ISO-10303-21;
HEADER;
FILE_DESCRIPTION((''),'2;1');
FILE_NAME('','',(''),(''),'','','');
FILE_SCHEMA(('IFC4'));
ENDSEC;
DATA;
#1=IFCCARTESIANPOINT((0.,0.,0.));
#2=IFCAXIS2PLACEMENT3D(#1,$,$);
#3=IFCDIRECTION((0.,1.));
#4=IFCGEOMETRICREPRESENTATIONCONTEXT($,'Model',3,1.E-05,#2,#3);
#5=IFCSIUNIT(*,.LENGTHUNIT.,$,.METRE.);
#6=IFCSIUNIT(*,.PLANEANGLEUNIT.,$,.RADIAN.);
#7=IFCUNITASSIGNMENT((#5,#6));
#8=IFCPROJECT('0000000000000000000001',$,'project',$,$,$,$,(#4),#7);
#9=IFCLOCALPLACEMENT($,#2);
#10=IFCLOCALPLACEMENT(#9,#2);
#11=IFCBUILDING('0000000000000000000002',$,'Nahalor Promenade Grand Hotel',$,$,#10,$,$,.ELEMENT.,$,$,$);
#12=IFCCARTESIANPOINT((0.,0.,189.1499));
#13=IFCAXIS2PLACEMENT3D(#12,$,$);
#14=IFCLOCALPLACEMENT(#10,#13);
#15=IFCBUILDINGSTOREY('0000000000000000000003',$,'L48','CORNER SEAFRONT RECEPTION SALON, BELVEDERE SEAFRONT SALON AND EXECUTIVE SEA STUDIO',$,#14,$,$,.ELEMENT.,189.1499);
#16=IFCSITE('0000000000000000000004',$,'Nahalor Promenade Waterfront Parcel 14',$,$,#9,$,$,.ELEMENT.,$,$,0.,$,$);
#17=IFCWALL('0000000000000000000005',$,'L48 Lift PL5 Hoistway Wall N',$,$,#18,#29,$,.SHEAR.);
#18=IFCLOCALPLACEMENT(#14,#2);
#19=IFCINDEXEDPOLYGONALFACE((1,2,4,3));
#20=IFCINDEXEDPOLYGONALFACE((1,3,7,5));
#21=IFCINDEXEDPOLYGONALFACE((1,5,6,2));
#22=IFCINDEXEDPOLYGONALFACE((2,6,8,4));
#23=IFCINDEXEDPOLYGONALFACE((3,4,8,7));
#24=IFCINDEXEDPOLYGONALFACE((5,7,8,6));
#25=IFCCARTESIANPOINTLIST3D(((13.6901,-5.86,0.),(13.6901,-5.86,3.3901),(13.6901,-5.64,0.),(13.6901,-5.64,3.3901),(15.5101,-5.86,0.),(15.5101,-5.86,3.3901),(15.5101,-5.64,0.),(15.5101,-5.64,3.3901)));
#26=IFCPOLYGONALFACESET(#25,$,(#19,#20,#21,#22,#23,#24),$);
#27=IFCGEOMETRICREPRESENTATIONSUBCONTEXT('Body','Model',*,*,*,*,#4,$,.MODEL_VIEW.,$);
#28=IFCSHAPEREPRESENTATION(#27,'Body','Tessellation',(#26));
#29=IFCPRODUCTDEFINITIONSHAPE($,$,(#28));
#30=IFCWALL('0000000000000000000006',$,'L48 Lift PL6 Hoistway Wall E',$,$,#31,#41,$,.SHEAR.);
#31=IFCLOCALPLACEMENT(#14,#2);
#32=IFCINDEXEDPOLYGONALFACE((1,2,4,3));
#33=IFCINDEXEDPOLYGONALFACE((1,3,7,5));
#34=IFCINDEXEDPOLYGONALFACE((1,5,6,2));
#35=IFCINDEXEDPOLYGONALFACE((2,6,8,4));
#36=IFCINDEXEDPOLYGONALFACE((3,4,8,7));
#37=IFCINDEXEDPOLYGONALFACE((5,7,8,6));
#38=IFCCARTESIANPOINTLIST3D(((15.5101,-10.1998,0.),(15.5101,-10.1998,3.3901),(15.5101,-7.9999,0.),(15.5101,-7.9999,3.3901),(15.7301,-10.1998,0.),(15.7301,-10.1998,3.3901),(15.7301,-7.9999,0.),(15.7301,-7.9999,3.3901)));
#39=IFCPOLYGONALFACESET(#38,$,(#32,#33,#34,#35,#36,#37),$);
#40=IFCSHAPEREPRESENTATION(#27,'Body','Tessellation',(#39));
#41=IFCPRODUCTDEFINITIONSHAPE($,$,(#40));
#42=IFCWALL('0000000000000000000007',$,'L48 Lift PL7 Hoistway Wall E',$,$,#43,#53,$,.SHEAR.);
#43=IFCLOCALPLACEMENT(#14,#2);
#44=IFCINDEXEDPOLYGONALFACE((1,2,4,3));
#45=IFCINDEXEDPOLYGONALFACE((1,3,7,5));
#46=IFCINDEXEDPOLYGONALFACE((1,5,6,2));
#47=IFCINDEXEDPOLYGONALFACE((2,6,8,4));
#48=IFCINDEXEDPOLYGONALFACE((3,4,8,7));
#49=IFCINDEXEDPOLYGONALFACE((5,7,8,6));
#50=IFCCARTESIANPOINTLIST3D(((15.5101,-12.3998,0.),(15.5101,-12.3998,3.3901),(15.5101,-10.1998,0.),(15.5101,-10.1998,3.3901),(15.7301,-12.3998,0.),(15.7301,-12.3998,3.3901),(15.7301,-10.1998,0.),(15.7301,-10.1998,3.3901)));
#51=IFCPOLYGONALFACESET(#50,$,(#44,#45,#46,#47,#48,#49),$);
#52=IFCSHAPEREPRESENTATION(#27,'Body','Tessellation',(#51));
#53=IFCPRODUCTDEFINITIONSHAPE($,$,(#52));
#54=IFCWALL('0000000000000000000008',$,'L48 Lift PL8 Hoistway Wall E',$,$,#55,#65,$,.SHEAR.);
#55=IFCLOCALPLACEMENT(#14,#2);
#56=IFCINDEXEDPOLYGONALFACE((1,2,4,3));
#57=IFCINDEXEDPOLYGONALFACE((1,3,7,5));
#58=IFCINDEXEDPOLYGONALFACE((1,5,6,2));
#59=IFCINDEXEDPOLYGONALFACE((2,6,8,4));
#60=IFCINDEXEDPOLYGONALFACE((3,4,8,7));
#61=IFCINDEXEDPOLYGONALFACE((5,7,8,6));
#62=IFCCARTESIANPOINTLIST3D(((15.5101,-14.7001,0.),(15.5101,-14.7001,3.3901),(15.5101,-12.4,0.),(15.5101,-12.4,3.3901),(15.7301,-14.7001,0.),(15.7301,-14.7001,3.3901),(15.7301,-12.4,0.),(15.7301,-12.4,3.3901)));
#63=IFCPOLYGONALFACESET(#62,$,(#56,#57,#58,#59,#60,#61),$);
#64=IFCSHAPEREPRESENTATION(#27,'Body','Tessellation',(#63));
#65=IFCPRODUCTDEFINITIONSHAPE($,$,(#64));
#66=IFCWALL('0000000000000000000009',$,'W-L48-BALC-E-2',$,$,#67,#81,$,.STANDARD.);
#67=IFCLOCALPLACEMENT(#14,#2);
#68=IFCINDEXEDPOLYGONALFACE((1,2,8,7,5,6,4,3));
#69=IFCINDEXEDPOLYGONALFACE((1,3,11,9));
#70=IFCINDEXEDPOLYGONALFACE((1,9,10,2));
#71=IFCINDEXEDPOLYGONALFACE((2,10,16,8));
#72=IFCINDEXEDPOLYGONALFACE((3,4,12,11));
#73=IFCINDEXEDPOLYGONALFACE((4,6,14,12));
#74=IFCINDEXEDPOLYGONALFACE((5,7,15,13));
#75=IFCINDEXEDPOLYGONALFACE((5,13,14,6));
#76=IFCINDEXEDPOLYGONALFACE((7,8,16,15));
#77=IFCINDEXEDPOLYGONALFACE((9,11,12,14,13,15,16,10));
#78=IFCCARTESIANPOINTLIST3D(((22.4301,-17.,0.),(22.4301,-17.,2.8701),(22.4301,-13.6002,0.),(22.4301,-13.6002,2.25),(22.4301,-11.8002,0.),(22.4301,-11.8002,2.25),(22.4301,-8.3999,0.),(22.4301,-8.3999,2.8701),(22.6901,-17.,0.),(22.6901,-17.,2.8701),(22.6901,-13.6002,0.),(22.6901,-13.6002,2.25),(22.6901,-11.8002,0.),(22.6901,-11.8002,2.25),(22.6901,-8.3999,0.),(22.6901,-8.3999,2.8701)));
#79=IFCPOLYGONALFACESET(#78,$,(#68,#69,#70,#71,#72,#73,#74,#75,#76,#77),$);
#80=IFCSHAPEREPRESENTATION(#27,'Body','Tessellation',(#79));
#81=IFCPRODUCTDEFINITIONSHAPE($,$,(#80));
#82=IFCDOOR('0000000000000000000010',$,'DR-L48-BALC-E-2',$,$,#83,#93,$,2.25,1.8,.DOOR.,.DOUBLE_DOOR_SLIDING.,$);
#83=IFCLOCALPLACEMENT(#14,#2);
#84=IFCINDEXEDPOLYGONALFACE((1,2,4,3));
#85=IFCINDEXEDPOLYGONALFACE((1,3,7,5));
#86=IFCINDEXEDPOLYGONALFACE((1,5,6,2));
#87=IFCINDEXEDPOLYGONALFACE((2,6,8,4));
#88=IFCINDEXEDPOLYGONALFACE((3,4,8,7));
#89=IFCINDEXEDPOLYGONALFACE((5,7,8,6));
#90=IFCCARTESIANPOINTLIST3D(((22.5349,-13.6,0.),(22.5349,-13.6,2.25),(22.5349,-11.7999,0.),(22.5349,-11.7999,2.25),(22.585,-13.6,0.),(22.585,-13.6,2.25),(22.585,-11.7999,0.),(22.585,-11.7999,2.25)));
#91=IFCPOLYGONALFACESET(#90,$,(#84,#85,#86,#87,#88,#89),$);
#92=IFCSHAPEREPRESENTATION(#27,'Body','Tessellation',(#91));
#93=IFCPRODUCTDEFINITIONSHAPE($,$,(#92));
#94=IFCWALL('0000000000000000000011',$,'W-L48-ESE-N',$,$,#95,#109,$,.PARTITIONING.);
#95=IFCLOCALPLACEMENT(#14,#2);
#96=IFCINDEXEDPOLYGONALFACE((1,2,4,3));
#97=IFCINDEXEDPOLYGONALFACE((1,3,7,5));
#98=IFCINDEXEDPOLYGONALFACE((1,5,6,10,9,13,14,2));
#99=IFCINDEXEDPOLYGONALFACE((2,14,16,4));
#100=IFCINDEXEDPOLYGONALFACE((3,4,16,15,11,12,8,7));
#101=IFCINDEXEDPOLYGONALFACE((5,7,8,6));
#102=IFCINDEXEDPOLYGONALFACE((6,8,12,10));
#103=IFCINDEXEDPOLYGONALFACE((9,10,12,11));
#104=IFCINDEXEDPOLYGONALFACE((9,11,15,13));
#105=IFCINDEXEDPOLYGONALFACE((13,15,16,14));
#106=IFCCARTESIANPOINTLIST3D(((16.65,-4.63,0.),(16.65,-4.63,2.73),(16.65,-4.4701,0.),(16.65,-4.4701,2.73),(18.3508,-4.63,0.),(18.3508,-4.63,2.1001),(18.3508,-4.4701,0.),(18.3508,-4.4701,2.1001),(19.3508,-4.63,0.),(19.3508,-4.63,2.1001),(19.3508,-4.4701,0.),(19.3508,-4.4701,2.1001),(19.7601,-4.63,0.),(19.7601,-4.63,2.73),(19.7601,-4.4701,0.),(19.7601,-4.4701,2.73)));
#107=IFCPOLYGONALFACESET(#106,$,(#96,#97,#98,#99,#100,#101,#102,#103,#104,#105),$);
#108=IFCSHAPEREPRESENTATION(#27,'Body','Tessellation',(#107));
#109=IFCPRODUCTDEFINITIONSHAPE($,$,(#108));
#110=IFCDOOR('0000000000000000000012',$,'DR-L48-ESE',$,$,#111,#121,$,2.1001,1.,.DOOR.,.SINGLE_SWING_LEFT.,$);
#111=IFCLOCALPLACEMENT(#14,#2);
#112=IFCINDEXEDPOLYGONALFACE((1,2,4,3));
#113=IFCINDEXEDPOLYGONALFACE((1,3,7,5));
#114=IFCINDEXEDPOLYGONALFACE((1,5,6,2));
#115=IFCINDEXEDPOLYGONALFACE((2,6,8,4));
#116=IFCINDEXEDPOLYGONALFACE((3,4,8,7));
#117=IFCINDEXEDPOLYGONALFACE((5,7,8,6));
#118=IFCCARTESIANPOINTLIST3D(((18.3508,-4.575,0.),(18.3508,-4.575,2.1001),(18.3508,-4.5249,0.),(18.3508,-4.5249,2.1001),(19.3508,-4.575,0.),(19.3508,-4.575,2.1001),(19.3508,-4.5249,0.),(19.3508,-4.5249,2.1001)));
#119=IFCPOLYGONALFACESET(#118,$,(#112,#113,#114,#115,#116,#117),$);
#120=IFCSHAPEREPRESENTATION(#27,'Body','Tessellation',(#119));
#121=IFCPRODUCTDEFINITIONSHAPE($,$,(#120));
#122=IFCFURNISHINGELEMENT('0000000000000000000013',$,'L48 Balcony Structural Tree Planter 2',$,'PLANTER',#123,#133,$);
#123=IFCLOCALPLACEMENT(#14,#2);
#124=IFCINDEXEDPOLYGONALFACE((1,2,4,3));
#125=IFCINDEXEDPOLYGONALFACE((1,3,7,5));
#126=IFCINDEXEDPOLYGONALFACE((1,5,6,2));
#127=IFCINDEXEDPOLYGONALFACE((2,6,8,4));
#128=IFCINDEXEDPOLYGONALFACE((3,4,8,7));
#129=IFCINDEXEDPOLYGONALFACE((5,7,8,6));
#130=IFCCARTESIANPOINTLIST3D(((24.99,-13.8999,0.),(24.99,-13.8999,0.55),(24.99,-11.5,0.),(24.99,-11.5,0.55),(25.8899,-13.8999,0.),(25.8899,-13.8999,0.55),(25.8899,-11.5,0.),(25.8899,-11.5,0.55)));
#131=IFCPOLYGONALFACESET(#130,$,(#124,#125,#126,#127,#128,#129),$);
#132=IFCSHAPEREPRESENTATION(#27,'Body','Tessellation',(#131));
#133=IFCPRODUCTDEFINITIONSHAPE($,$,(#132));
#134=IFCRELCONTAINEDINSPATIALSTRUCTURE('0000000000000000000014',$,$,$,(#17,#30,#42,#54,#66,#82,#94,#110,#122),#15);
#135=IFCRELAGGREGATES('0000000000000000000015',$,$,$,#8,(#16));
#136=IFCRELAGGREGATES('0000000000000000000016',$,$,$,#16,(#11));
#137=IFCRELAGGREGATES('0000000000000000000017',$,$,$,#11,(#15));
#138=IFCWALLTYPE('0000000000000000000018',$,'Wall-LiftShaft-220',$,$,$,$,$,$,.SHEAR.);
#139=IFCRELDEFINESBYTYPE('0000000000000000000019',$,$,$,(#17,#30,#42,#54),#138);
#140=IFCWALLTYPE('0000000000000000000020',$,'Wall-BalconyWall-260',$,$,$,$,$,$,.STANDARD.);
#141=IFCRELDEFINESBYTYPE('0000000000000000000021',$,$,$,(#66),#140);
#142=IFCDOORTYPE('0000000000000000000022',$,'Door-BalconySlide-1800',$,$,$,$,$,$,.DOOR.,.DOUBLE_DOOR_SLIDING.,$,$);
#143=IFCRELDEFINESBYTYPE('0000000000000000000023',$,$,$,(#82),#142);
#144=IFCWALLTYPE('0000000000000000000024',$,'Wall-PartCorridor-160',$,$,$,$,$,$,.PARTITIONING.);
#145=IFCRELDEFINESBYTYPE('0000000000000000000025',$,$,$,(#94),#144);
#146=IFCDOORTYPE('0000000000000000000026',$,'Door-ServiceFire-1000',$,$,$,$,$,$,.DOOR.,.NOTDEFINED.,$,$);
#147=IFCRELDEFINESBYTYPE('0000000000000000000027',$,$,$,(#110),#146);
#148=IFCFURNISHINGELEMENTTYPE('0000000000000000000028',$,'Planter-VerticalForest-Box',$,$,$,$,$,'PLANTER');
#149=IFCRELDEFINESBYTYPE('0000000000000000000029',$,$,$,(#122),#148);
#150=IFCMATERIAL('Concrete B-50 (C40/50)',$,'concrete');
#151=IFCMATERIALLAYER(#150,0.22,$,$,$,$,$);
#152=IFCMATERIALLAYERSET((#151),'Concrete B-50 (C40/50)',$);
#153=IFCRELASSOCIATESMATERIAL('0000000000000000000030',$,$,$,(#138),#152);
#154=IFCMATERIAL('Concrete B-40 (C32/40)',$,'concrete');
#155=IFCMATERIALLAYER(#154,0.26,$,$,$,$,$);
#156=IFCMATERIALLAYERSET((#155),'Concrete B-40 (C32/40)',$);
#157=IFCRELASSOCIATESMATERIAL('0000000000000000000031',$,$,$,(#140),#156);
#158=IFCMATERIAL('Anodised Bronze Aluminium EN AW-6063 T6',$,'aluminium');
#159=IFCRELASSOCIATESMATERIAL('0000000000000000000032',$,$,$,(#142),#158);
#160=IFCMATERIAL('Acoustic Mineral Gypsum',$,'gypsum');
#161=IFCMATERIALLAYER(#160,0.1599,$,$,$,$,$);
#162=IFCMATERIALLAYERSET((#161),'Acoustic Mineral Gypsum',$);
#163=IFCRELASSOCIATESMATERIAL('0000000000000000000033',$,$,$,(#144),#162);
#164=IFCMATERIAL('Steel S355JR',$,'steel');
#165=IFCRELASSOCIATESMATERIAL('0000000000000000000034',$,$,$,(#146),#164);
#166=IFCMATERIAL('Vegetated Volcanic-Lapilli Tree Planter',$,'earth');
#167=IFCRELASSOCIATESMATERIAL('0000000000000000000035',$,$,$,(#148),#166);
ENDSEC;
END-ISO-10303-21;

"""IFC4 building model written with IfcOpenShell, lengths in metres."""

from ifc_helpers import new_model, si_unit, direction, frame, frame_2d, origin, origin_2d, place, context, subcontext, project, spatial, rectangle, extrude, source, transform, mapped, material, layer, layer_set, type_object, element, fill, save


model = new_model("IFC4")

# Units and contexts
model_context = context("Model", 3, precision=1e-05, world=origin(), true_north=direction((0.0, 1.0)))
body_context = subcontext(model_context, "Body", "Model", "MODEL_VIEW")
ifc_project = project(units=[si_unit("LENGTHUNIT", "METRE"), si_unit("PLANEANGLEUNIT", "RADIAN")], contexts=[model_context])

# Site, building, storey
site_placement = place(None, origin())
site = spatial("IfcSite", under=ifc_project, at=site_placement, Name="Nahalor Promenade Waterfront Parcel 14", CompositionType="ELEMENT", RefElevation=0.0)
building_placement = place(site_placement, origin())
building = spatial("IfcBuilding", under=site, at=building_placement, Name="Nahalor Promenade Grand Hotel", CompositionType="ELEMENT")
storey_placement = place(building_placement, frame((0.0, 0.0, 189.1499)))
storey = spatial("IfcBuildingStorey", under=building, at=storey_placement, Name="L48", Description="CORNER SEAFRONT RECEPTION SALON, BELVEDERE SEAFRONT SALON AND EXECUTIVE SEA STUDIO", CompositionType="ELEMENT", Elevation=189.1499)

# Shared definitions
ifc_material_1 = material(Name="Steel S355JR", Category="steel")

# Shared definitions
ifc_material_2 = material(Name="Anodised Bronze Aluminium EN AW-6063 T6", Category="aluminium")

# Walls
ifc_material_3 = material(Name="Concrete B-50 (C40/50)", Category="concrete")
ifc_layer_1 = layer(ifc_material_3, 0.22)
ifc_layer_set_1 = layer_set([ifc_layer_1], Name="Concrete B-50 (C40/50)")
wall_type_1 = type_object("IfcWallType", Name="Wall-LiftShaft-220", PredefinedType="SHEAR", material=ifc_layer_set_1)
shared_shape_1 = source(origin(), body_context, "Body", "SweptSolid", [
    extrude(rectangle(XDim=1.8201, YDim=0.22, at=frame_2d((0.9102, 0.0))), origin(), (0.0, 0.0, 1.0), 3.3901),
])
wall_1_placement = place(storey_placement, frame((13.6899, -5.75, 0.0), z_axis=(0.0, 0.0, 1.0), x_axis=(1.0, 0.0, 0.0)))
element("IfcWall", 1, at=wall_1_placement, inside=storey, type_object=wall_type_1, Name="L48 Lift PL5 Hoistway Wall N", PredefinedType="SHEAR", context=body_context, shape_type="MappedRepresentation", body=[
    mapped(shared_shape_1, transform((0.0, 0.0, 0.0), scale=1.0)),
])
shared_shape_2 = source(origin(), body_context, "Body", "SweptSolid", [
    extrude(rectangle(XDim=2.2, YDim=0.22, at=frame_2d((1.1001, 0.0))), origin(), (0.0, 0.0, 1.0), 3.3901),
])
for number, where, z_axis, x_axis, name in (
    (2, (15.6201, -10.2, 0.0), (0.0, 0.0, 1.0), (0.0, 1.0, 0.0), "L48 Lift PL6 Hoistway Wall E"),
    (3, (15.6201, -12.3999, 0.0), (0.0, 0.0, 1.0), (0.0, 1.0, 0.0), "L48 Lift PL7 Hoistway Wall E"),
):
    element("IfcWall", number, at=place(storey_placement, frame(where, z_axis=z_axis, x_axis=x_axis)), inside=storey, type_object=wall_type_1, Name=name, PredefinedType="SHEAR", context=body_context, shape_type="MappedRepresentation", body=[
        mapped(shared_shape_2, transform((0.0, 0.0, 0.0), scale=1.0)),
    ])
shared_shape_3 = source(origin(), body_context, "Body", "SweptSolid", [
    extrude(rectangle(XDim=2.3, YDim=0.22, at=frame_2d((1.1499, 0.0))), origin(), (0.0, 0.0, 1.0), 3.3901),
])
wall_2_placement = place(storey_placement, frame((15.6201, -14.7, 0.0), z_axis=(0.0, 0.0, 1.0), x_axis=(0.0, 1.0, 0.0)))
element("IfcWall", 4, at=wall_2_placement, inside=storey, type_object=wall_type_1, Name="L48 Lift PL8 Hoistway Wall E", PredefinedType="SHEAR", context=body_context, shape_type="MappedRepresentation", body=[
    mapped(shared_shape_3, transform((0.0, 0.0, 0.0), scale=1.0)),
])

# Walls, openings, doors
ifc_material_4 = material(Name="Concrete B-40 (C32/40)", Category="concrete")
ifc_layer_2 = layer(ifc_material_4, 0.26)
ifc_layer_set_2 = layer_set([ifc_layer_2], Name="Concrete B-40 (C32/40)")
wall_type_2 = type_object("IfcWallType", Name="Wall-BalconyWall-260", PredefinedType="STANDARD", material=ifc_layer_set_2)
shared_shape_4 = source(origin(), body_context, "Body", "SweptSolid", [
    extrude(rectangle(XDim=8.6001, YDim=0.26, at=frame_2d((4.3, 0.0))), origin(), (0.0, 0.0, 1.0), 2.8701),
])
wall_3_placement = place(storey_placement, frame((22.5601, -17.0, 0.0), z_axis=(0.0, 0.0, 1.0), x_axis=(0.0, 1.0, 0.0)))
wall_3 = element("IfcWall", 5, at=wall_3_placement, inside=storey, type_object=wall_type_2, Name="W-L48-BALC-E-2", PredefinedType="STANDARD", context=body_context, shape_type="MappedRepresentation", body=[
    mapped(shared_shape_4, transform((0.0, 0.0, 0.0), scale=1.0)),
])
opening_1_placement = place(wall_3_placement, frame((3.3999, 0.0, 0.0)))
opening_1 = element("IfcOpeningElement", 6, at=opening_1_placement, cuts=wall_3, PredefinedType="OPENING", context=body_context, shape_type="SweptSolid", body=[
    extrude(rectangle(XDim=1.8, YDim=2.25, at=frame_2d((0.8999, 1.125))), frame((0.0, 0.1399, 0.0), z_axis=(0.0, -1.0, 0.0), x_axis=(1.0, 0.0, 0.0)), (0.0, 0.0, 1.0), 0.28),
])
door_type_1 = type_object("IfcDoorType", Name="Door-BalconySlide-1800", OperationType="DOUBLE_DOOR_SLIDING", PredefinedType="DOOR", material=ifc_material_2)
shared_shape_5 = source(origin(), body_context, "Body", "SweptSolid", [
    extrude(rectangle(XDim=1.8, YDim=2.25, at=frame_2d((0.8999, 1.125))), frame((0.0, 0.0249, 0.0), z_axis=(0.0, -1.0, 0.0), x_axis=(1.0, 0.0, 0.0)), (0.0, 0.0, 1.0), 0.05),
])
door_1_placement = place(opening_1_placement, frame((1.8, 0.0, 0.0), z_axis=(0.0, 0.0, 1.0), x_axis=(-1.0, 0.0, 0.0)))
door_1 = element("IfcDoor", 7, at=door_1_placement, inside=storey, type_object=door_type_1, Name="DR-L48-BALC-E-2", OperationType="DOUBLE_DOOR_SLIDING", OverallHeight=2.25, OverallWidth=1.8, PredefinedType="DOOR", context=body_context, shape_type="MappedRepresentation", body=[
    mapped(shared_shape_5, transform((0.0, 0.0, 0.0), scale=1.0)),
])
fill(opening_1, door_1)
ifc_material_5 = material(Name="Acoustic Mineral Gypsum", Category="gypsum")
ifc_layer_3 = layer(ifc_material_5, 0.1599)
ifc_layer_set_3 = layer_set([ifc_layer_3], Name="Acoustic Mineral Gypsum")
wall_type_3 = type_object("IfcWallType", Name="Wall-PartCorridor-160", PredefinedType="PARTITIONING", material=ifc_layer_set_3)
shared_shape_6 = source(origin(), body_context, "Body", "SweptSolid", [
    extrude(rectangle(XDim=3.1101, YDim=0.1599, at=frame_2d((1.5552, 0.0))), origin(), (0.0, 0.0, 1.0), 2.73),
])
wall_4_placement = place(storey_placement, frame((16.6499, -4.55, 0.0), z_axis=(0.0, 0.0, 1.0), x_axis=(1.0, 0.0, 0.0)))
wall_4 = element("IfcWall", 8, at=wall_4_placement, inside=storey, type_object=wall_type_3, Name="W-L48-ESE-N", PredefinedType="PARTITIONING", context=body_context, shape_type="MappedRepresentation", body=[
    mapped(shared_shape_6, transform((0.0, 0.0, 0.0), scale=1.0)),
])
opening_2_placement = place(wall_4_placement, frame((1.7009, 0.0, 0.0)))
opening_2 = element("IfcOpeningElement", 9, at=opening_2_placement, cuts=wall_4, PredefinedType="OPENING", context=body_context, shape_type="SweptSolid", body=[
    extrude(rectangle(XDim=1.0, YDim=2.1001, at=frame_2d((0.5, 1.05))), frame((0.0, 0.0898, 0.0), z_axis=(0.0, -1.0, 0.0), x_axis=(1.0, 0.0, 0.0)), (0.0, 0.0, 1.0), 0.1799),
])
door_type_2 = type_object("IfcDoorType", Name="Door-ServiceFire-1000", OperationType="NOTDEFINED", PredefinedType="DOOR", material=ifc_material_1)
shared_shape_7 = source(origin(), body_context, "Body", "SweptSolid", [
    extrude(rectangle(XDim=1.0, YDim=2.1001, at=frame_2d((0.5, 1.05))), frame((0.0, 0.0249, 0.0), z_axis=(0.0, -1.0, 0.0), x_axis=(1.0, 0.0, 0.0)), (0.0, 0.0, 1.0), 0.05),
])
door_2_placement = place(opening_2_placement, frame((1.0, 0.0, 0.0), z_axis=(0.0, 0.0, 1.0), x_axis=(-1.0, 0.0, 0.0)))
door_2 = element("IfcDoor", 10, at=door_2_placement, inside=storey, type_object=door_type_2, Name="DR-L48-ESE", OperationType="SINGLE_SWING_LEFT", OverallHeight=2.1001, OverallWidth=1.0, PredefinedType="DOOR", context=body_context, shape_type="MappedRepresentation", body=[
    mapped(shared_shape_7, transform((0.0, 0.0, 0.0), scale=1.0)),
])
fill(opening_2, door_2)

# Furnishing element
ifc_material_6 = material(Name="Vegetated Volcanic-Lapilli Tree Planter", Category="earth")
furnishing_element_type = type_object("IfcFurnishingElementType", Name="Planter-VerticalForest-Box", ElementType="PLANTER", material=ifc_material_6)
shared_shape_8 = source(origin(), body_context, "Body", "SweptSolid", [
    extrude(rectangle(XDim=2.3999, YDim=0.8999, at=origin_2d()), origin(), (0.0, 0.0, 1.0), 0.55),
])
furnishing_placement = place(storey_placement, frame((25.4399, -12.7, 0.0), z_axis=(0.0, 0.0, 1.0), x_axis=(0.0, 1.0, 0.0)))
element("IfcFurnishingElement", 11, at=furnishing_placement, inside=storey, type_object=furnishing_element_type, Name="L48 Balcony Structural Tree Planter 2", ObjectType="PLANTER", context=body_context, shape_type="MappedRepresentation", body=[
    mapped(shared_shape_8, transform((0.0, 0.0, 0.0), scale=1.0)),
])

save(model, "model.ifc")
